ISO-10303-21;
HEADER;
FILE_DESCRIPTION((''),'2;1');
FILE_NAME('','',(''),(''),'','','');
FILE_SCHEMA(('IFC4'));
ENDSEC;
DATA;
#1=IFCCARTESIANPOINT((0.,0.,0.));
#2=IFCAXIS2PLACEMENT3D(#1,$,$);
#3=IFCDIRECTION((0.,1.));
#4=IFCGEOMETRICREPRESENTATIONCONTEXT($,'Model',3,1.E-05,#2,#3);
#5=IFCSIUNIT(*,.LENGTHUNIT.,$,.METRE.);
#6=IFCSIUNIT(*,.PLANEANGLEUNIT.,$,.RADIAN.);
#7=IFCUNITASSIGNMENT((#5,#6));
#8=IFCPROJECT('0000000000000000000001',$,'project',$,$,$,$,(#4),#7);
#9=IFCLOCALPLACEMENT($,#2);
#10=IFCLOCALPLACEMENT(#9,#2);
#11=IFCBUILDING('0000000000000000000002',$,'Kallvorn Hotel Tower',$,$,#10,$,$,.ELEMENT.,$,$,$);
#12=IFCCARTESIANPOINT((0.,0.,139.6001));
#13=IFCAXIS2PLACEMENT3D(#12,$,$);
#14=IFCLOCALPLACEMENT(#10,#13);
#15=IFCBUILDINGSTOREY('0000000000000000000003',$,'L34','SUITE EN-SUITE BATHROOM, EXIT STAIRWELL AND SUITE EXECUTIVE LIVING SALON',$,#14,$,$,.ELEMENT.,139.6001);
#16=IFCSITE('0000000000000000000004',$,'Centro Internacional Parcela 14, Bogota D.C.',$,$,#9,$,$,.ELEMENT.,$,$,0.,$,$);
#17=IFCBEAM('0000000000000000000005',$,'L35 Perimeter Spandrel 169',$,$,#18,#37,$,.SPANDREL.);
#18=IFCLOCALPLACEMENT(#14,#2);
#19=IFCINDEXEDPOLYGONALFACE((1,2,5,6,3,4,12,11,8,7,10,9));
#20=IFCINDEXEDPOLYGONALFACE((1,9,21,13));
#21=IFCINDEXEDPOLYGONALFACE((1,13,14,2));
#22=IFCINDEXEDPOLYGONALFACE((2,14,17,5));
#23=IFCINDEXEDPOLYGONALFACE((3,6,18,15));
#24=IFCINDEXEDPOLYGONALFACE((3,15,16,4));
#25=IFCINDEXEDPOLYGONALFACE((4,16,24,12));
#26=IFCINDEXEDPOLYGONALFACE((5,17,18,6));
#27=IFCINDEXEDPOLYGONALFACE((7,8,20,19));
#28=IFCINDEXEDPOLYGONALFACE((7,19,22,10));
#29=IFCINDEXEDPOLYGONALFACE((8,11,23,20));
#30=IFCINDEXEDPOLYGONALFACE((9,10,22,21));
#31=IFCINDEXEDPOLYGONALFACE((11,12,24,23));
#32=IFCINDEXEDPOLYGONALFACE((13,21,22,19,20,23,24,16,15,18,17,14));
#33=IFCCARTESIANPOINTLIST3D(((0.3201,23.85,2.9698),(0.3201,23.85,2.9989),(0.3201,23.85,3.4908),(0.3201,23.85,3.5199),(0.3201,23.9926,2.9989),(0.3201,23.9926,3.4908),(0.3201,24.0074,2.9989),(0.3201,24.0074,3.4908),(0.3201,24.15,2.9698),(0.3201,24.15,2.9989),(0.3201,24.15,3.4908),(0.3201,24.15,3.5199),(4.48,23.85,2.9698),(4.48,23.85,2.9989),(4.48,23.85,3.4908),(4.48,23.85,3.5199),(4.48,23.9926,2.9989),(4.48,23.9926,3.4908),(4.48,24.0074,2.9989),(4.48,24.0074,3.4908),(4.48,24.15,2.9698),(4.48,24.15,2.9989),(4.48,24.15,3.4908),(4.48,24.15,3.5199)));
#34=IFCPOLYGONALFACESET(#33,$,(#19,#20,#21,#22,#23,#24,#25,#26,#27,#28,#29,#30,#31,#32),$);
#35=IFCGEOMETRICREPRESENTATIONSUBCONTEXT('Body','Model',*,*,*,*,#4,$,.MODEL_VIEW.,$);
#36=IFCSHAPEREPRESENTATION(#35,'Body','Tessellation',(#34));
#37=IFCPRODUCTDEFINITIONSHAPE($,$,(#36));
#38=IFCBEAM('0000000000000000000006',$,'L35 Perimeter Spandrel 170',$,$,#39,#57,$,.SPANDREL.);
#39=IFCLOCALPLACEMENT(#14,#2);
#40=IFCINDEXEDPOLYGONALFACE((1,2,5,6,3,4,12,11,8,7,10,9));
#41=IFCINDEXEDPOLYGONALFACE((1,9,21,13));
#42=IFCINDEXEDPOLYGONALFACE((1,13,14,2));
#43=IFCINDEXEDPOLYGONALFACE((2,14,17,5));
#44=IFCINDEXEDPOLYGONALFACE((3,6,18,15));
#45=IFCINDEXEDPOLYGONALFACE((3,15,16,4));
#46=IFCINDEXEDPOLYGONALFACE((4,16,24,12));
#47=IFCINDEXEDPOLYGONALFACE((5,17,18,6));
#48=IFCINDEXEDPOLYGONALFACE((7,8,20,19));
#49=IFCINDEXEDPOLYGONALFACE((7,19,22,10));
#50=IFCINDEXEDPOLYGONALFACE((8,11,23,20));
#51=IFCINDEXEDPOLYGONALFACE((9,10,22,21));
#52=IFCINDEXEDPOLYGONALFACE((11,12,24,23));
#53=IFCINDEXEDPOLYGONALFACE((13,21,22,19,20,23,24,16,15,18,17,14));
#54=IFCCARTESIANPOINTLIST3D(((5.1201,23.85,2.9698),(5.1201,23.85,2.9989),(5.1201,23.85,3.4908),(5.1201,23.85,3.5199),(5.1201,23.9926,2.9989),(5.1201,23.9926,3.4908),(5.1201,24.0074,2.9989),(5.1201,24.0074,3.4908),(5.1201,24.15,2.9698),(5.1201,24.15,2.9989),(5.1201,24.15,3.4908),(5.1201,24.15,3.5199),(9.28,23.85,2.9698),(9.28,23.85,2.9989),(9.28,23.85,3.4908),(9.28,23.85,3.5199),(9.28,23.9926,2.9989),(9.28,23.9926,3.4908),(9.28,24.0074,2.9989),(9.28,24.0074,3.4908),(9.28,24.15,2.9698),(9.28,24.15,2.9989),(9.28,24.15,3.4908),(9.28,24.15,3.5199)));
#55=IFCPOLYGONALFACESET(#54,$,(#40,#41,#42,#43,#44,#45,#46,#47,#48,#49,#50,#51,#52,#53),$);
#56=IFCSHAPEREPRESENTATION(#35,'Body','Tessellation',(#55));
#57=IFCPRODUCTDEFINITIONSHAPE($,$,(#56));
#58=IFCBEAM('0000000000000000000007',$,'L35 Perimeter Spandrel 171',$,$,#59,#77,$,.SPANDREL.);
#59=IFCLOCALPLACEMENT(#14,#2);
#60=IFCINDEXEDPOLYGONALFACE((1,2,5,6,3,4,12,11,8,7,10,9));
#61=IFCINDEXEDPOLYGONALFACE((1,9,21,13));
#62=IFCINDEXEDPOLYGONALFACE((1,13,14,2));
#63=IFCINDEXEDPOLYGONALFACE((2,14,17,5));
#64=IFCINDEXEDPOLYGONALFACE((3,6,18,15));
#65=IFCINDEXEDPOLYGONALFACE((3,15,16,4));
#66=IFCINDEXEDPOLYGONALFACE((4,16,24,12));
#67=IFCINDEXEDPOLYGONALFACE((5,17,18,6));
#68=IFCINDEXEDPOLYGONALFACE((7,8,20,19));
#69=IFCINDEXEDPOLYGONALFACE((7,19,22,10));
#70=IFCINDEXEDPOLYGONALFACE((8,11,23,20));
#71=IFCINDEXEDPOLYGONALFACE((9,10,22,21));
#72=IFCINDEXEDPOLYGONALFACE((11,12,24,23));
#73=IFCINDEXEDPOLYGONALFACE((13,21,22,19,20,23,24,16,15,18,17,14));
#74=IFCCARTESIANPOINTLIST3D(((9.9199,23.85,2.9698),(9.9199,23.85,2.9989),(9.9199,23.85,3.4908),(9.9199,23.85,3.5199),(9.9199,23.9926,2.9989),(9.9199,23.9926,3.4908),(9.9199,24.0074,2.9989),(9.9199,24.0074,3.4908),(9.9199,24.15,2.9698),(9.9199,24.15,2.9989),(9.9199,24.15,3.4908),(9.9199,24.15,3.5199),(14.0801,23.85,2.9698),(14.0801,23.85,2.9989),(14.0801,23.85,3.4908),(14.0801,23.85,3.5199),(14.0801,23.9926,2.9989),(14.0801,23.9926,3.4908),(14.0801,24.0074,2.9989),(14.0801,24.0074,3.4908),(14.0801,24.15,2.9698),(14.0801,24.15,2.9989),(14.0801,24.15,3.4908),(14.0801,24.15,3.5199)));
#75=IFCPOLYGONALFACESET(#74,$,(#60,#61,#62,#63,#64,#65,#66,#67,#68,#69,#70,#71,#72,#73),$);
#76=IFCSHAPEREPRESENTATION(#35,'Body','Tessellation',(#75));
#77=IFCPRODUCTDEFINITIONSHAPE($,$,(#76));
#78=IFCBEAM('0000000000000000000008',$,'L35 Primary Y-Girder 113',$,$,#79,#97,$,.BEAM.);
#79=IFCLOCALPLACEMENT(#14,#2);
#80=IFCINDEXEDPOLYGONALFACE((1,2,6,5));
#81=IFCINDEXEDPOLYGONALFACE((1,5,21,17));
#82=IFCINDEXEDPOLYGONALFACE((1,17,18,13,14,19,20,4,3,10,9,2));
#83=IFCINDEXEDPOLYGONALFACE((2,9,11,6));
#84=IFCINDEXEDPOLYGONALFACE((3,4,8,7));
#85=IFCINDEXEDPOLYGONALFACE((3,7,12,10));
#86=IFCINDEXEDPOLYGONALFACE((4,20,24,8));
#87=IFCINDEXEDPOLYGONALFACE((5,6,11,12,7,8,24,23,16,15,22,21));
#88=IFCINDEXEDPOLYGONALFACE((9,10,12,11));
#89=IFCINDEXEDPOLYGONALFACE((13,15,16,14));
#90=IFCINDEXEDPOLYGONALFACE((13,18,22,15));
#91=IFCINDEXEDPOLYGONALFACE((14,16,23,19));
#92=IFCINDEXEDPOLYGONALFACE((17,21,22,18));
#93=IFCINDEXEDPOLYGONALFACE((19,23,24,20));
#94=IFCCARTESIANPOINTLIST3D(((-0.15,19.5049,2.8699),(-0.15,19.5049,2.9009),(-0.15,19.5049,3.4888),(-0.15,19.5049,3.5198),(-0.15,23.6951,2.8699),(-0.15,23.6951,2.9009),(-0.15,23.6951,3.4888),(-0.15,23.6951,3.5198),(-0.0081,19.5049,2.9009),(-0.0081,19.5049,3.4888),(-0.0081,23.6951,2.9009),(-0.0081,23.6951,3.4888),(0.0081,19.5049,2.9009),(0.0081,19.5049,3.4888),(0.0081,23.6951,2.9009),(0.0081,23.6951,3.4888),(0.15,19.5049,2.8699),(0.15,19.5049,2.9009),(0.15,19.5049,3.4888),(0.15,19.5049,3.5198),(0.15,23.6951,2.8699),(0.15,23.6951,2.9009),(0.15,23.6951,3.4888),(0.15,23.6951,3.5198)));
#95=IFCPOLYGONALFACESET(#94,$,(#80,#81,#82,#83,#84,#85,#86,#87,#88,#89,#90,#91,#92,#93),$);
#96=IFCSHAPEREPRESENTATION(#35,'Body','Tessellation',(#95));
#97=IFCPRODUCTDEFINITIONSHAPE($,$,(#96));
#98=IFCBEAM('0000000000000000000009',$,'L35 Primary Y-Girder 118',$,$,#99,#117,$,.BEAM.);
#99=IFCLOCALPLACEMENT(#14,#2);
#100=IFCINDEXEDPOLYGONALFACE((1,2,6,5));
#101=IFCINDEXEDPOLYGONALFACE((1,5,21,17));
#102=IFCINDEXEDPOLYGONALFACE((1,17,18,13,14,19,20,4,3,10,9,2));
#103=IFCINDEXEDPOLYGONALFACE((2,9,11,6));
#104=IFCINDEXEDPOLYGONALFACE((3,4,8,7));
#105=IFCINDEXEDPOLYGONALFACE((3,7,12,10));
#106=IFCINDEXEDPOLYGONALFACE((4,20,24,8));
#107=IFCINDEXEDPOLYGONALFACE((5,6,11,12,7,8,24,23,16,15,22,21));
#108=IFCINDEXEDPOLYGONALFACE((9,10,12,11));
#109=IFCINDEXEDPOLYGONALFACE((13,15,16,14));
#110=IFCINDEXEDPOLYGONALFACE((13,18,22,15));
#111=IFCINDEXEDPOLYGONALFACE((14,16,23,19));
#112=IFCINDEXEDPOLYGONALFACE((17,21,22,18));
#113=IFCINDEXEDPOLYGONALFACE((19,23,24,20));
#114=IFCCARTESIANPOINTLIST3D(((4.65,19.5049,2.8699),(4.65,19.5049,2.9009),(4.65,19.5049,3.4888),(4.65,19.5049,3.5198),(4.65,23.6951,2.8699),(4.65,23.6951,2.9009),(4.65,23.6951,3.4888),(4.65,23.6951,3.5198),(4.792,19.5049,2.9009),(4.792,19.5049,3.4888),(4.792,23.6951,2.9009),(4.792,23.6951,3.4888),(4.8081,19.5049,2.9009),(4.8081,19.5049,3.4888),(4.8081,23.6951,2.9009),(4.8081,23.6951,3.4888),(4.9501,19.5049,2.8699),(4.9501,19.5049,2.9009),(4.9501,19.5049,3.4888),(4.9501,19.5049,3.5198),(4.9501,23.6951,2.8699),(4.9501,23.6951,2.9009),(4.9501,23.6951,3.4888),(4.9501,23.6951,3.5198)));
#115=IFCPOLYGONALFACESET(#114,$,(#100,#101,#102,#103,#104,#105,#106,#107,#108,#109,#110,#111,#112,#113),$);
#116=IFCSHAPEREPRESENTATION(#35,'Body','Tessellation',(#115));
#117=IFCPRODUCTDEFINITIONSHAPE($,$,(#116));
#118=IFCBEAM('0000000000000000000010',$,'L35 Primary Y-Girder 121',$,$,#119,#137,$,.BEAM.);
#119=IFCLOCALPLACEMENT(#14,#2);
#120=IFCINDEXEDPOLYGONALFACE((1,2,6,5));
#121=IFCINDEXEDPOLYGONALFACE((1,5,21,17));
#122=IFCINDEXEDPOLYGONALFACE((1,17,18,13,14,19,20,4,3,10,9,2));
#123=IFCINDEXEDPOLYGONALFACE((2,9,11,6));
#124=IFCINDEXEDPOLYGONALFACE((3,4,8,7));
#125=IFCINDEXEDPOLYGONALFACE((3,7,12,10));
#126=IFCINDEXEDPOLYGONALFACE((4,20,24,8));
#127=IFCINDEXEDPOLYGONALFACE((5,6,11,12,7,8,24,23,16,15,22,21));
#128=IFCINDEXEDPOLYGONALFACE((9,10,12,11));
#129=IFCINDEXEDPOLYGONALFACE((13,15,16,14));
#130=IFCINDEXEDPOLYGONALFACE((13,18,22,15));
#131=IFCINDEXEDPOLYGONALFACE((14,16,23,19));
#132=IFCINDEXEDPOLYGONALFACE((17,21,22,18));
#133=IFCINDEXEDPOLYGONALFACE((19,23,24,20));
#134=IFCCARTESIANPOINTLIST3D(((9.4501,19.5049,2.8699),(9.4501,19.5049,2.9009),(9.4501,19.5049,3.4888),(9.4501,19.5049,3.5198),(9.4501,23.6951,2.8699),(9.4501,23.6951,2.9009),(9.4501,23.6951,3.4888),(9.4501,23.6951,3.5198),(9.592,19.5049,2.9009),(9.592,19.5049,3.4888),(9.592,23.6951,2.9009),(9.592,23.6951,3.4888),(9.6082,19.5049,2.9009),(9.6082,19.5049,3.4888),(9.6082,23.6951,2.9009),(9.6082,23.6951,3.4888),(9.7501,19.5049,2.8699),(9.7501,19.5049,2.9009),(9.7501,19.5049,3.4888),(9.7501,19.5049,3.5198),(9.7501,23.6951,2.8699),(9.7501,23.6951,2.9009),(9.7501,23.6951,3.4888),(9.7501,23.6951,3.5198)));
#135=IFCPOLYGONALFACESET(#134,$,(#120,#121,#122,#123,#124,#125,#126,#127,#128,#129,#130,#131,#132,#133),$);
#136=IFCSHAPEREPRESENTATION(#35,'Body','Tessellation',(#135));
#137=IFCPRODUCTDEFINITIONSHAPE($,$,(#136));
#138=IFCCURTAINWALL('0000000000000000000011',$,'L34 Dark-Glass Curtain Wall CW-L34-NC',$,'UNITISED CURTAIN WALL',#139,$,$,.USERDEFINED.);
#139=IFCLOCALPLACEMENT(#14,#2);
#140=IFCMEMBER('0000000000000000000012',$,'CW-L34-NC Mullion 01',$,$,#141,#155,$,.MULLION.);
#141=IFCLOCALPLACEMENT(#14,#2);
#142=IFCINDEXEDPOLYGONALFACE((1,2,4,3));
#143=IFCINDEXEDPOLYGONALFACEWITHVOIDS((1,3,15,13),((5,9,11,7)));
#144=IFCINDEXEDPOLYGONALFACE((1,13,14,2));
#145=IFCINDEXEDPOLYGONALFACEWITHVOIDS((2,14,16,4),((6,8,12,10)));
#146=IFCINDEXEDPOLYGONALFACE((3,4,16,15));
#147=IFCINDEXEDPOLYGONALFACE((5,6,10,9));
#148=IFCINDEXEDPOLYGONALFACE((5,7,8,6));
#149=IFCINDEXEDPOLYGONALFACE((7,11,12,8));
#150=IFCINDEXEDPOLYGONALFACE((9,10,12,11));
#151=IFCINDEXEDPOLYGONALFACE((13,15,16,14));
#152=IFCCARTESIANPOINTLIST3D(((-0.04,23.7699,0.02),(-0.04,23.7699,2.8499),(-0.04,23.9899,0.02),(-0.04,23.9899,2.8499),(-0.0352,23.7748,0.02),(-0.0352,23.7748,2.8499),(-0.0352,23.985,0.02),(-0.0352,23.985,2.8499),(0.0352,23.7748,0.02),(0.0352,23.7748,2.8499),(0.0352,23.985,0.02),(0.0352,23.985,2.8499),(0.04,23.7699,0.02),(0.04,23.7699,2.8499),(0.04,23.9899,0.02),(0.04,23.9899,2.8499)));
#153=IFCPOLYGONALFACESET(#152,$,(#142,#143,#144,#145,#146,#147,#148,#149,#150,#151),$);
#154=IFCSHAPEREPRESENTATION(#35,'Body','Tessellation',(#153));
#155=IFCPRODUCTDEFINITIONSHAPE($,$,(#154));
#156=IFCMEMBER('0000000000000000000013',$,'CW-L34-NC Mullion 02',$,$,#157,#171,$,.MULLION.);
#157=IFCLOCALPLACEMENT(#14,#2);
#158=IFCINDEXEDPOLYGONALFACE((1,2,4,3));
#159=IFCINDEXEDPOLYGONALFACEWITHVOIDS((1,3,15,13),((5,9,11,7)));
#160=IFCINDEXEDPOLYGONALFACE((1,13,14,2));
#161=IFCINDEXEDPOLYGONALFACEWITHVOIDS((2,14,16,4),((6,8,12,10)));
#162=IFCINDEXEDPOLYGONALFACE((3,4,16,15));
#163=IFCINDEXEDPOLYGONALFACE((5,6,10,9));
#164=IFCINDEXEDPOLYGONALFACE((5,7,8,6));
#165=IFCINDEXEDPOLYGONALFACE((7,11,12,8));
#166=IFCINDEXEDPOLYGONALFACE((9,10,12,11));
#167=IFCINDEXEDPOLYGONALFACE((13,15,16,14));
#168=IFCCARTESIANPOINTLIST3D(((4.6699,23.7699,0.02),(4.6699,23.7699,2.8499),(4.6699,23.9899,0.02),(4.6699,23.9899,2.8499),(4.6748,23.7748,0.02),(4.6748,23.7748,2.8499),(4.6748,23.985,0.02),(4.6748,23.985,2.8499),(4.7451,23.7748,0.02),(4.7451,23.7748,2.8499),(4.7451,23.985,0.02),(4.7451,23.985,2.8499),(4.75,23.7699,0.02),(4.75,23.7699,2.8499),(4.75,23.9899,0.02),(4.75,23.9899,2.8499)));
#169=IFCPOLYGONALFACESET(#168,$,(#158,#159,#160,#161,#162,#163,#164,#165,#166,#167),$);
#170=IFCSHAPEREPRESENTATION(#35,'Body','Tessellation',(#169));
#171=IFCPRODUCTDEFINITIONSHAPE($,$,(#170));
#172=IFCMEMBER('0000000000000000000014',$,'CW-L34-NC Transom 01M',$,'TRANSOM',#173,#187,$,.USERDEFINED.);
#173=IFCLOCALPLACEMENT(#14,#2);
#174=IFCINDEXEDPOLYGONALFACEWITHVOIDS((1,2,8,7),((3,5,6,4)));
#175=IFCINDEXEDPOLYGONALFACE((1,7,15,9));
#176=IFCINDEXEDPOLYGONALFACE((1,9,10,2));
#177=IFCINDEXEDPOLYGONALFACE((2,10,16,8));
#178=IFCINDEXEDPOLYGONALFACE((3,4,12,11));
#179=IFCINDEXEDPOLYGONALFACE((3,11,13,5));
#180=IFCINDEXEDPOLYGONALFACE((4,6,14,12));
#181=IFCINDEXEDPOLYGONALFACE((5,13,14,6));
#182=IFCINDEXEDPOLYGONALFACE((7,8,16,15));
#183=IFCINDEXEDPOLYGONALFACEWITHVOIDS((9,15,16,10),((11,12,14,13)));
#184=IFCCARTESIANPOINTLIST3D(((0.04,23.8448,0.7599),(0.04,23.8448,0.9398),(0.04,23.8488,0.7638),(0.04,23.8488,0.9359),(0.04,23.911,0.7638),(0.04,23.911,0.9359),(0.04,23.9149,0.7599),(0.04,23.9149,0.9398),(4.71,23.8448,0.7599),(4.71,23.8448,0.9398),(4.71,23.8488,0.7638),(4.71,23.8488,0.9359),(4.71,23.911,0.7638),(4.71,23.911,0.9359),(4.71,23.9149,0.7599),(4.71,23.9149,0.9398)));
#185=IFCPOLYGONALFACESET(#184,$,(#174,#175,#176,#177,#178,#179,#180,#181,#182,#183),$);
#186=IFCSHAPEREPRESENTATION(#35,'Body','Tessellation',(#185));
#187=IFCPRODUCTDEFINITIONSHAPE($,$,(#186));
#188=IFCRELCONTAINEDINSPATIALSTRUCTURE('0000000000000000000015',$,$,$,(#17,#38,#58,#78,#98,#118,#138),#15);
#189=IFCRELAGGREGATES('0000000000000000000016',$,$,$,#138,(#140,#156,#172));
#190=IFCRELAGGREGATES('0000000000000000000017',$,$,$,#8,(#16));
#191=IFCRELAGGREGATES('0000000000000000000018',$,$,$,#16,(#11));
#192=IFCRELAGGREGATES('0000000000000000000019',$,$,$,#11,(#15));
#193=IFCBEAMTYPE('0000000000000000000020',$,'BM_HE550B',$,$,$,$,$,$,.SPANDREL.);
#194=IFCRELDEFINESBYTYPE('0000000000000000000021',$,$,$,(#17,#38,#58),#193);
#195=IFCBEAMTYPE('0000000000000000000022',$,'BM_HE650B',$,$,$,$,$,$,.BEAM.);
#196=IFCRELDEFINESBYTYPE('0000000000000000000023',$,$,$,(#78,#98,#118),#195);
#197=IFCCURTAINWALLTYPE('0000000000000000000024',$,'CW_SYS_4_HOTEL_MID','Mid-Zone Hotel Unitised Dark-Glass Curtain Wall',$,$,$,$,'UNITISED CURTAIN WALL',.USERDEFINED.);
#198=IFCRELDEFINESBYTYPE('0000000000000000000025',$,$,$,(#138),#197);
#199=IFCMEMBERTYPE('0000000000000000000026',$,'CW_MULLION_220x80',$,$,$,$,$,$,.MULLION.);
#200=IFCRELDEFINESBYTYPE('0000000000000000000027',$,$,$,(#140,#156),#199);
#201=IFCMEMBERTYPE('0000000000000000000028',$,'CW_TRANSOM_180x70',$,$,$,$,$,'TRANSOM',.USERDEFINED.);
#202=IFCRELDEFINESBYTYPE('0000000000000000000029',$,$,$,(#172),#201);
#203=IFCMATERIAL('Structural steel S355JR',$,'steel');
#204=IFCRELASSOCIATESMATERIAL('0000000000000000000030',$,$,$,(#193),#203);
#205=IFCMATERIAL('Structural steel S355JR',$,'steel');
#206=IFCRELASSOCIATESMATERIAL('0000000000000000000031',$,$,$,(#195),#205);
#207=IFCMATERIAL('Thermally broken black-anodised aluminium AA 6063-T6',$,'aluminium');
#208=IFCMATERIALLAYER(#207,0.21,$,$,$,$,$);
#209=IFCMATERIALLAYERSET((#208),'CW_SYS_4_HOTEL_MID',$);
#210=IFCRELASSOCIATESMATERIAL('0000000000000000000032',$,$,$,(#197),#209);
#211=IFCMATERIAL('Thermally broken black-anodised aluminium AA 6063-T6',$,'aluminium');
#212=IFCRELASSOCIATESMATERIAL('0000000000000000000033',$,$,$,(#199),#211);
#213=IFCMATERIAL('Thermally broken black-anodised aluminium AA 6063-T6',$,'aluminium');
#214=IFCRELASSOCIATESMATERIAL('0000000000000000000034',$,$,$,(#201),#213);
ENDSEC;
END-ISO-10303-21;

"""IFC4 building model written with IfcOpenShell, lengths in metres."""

from ifc_helpers import new_model, si_unit, direction, frame, origin, origin_2d, place, context, subcontext, project, spatial, hollow_rectangle, i_section, extrude, material, layer, layer_set, material_profile, profile_set, type_object, element, aggregate, save


model = new_model("IFC4")

# Units and contexts
model_context = context("Model", 3, precision=1e-05, world=origin(), true_north=direction((0.0, 1.0)))
body_context = subcontext(model_context, "Body", "Model", "MODEL_VIEW")
ifc_project = project(units=[si_unit("LENGTHUNIT", "METRE"), si_unit("PLANEANGLEUNIT", "RADIAN")], contexts=[model_context])

# Site, building, storey
site_placement = place(None, origin())
site = spatial("IfcSite", under=ifc_project, at=site_placement, Name="Centro Internacional Parcela 14, Bogota D.C.", CompositionType="ELEMENT", RefElevation=0.0)
building_placement = place(site_placement, origin())
building = spatial("IfcBuilding", under=site, at=building_placement, Name="Kallvorn Hotel Tower", CompositionType="ELEMENT")
storey_placement = place(building_placement, frame((0.0, 0.0, 139.6001)))
storey = spatial("IfcBuildingStorey", under=building, at=storey_placement, Name="L34", Description="SUITE EN-SUITE BATHROOM, EXIT STAIRWELL AND SUITE EXECUTIVE LIVING SALON", CompositionType="ELEMENT", Elevation=139.6001)

# Beams
ifc_material_1 = material(Name="Structural steel S355JR", Category="steel")
ifc_material_profile_1 = material_profile(ifc_material_1, i_section(OverallWidth=0.3, OverallDepth=0.55, WebThickness=0.0149, FlangeThickness=0.0291, at=origin_2d()), Name="HE 550 B")
ifc_profile_set_1 = profile_set([ifc_material_profile_1], Name="Structural steel S355JR")
beam_type_1 = type_object("IfcBeamType", Name="BM_HE550B", PredefinedType="SPANDREL", material=ifc_profile_set_1)
for number, where, z_axis, x_axis, name in (
    (1, (0.3201, 24.0, 3.2449), (1.0, 0.0, 0.0), (0.0, 1.0, 0.0), "L35 Perimeter Spandrel 169"),
    (2, (5.1201, 24.0, 3.2449), (1.0, 0.0, 0.0), (0.0, 1.0, 0.0), "L35 Perimeter Spandrel 170"),
):
    element("IfcBeam", number, at=place(storey_placement, frame(where, z_axis=z_axis, x_axis=x_axis)), inside=storey, type_object=beam_type_1, Name=name, PredefinedType="SPANDREL", context=body_context, shape_type="SweptSolid", body=[
        extrude(i_section(OverallWidth=0.3, OverallDepth=0.55, WebThickness=0.0149, FlangeThickness=0.0291, at=origin_2d()), origin(), (0.0, 0.0, 1.0), 4.1599),
    ])
beam_placement = place(storey_placement, frame((9.9199, 24.0, 3.2449), z_axis=(1.0, 0.0, 0.0), x_axis=(0.0, 1.0, 0.0)))
element("IfcBeam", 3, at=beam_placement, inside=storey, type_object=beam_type_1, Name="L35 Perimeter Spandrel 171", PredefinedType="SPANDREL", context=body_context, shape_type="SweptSolid", body=[
    extrude(i_section(OverallWidth=0.3, OverallDepth=0.55, WebThickness=0.0149, FlangeThickness=0.0291, at=origin_2d()), origin(), (0.0, 0.0, 1.0), 4.1602),
])
ifc_material_2 = material(Name="Structural steel S355JR", Category="steel")
ifc_material_profile_2 = material_profile(ifc_material_2, i_section(OverallWidth=0.3, OverallDepth=0.6499, WebThickness=0.0161, FlangeThickness=0.031, at=origin_2d()), Name="HE 650 B")
ifc_profile_set_2 = profile_set([ifc_material_profile_2], Name="Structural steel S355JR")
beam_type_2 = type_object("IfcBeamType", Name="BM_HE650B", PredefinedType="BEAM", material=ifc_profile_set_2)
for number, where, z_axis, x_axis, name in (
    (4, (0.0, 19.5049, 3.1948), (0.0, 1.0, 0.0), (-1.0, 0.0, 0.0), "L35 Primary Y-Girder 113"),
    (5, (4.8, 19.5049, 3.1948), (0.0, 1.0, 0.0), (-1.0, 0.0, 0.0), "L35 Primary Y-Girder 118"),
    (6, (9.6001, 19.5049, 3.1948), (0.0, 1.0, 0.0), (-1.0, 0.0, 0.0), "L35 Primary Y-Girder 121"),
):
    element("IfcBeam", number, at=place(storey_placement, frame(where, z_axis=z_axis, x_axis=x_axis)), inside=storey, type_object=beam_type_2, Name=name, PredefinedType="BEAM", context=body_context, shape_type="SweptSolid", body=[
        extrude(i_section(OverallWidth=0.3, OverallDepth=0.6499, WebThickness=0.0161, FlangeThickness=0.031, at=origin_2d()), origin(), (0.0, 0.0, 1.0), 4.1902),
    ])

# Curtain wall, members
ifc_material_3 = material(Name="Thermally broken black-anodised aluminium AA 6063-T6", Category="aluminium")
ifc_layer_1 = layer(ifc_material_3, 0.21)
ifc_layer_set_1 = layer_set([ifc_layer_1], Name="CW_SYS_4_HOTEL_MID")
curtain_wall_type = type_object("IfcCurtainWallType", Name="CW_SYS_4_HOTEL_MID", Description="Mid-Zone Hotel Unitised Dark-Glass Curtain Wall", ElementType="UNITISED CURTAIN WALL", PredefinedType="USERDEFINED", material=ifc_layer_set_1)
curtain_wall_placement = place(storey_placement, origin())
curtain_wall = element("IfcCurtainWall", 7, at=curtain_wall_placement, inside=storey, type_object=curtain_wall_type, Name="L34 Dark-Glass Curtain Wall CW-L34-NC", ObjectType="UNITISED CURTAIN WALL", PredefinedType="USERDEFINED")
ifc_material_4 = material(Name="Thermally broken black-anodised aluminium AA 6063-T6", Category="aluminium")
ifc_material_profile_3 = material_profile(ifc_material_4, hollow_rectangle(XDim=0.0801, YDim=0.22, WallThickness=0.0049, at=origin_2d()), Name="MUL 220x80")
ifc_profile_set_3 = profile_set([ifc_material_profile_3], Name="Thermally broken black-anodised aluminium AA 6063-T6")
member_type_1 = type_object("IfcMemberType", Name="CW_MULLION_220x80", PredefinedType="MULLION", material=ifc_profile_set_3)
member_1_placement = place(storey_placement, frame((0.0, 23.8799, 0.02), z_axis=(0.0, 0.0, 1.0), x_axis=(1.0, 0.0, 0.0)))
member_1 = element("IfcMember", 8, at=member_1_placement, type_object=member_type_1, Name="CW-L34-NC Mullion 01", PredefinedType="MULLION", context=body_context, shape_type="SweptSolid", body=[
    extrude(hollow_rectangle(XDim=0.0801, YDim=0.22, WallThickness=0.0049, at=origin_2d()), origin(), (0.0, 0.0, 1.0), 2.8298),
])
member_2_placement = place(storey_placement, frame((4.71, 23.8799, 0.02), z_axis=(0.0, 0.0, 1.0), x_axis=(1.0, 0.0, 0.0)))
member_2 = element("IfcMember", 9, at=member_2_placement, type_object=member_type_1, Name="CW-L34-NC Mullion 02", PredefinedType="MULLION", context=body_context, shape_type="SweptSolid", body=[
    extrude(hollow_rectangle(XDim=0.0801, YDim=0.22, WallThickness=0.0049, at=origin_2d()), origin(), (0.0, 0.0, 1.0), 2.8298),
])
ifc_material_5 = material(Name="Thermally broken black-anodised aluminium AA 6063-T6", Category="aluminium")
ifc_material_profile_4 = material_profile(ifc_material_5, hollow_rectangle(XDim=0.0701, YDim=0.1799, WallThickness=0.0039, at=origin_2d()), Name="TRN 180x70")
ifc_profile_set_4 = profile_set([ifc_material_profile_4], Name="Thermally broken black-anodised aluminium AA 6063-T6")
member_type_2 = type_object("IfcMemberType", Name="CW_TRANSOM_180x70", ElementType="TRANSOM", PredefinedType="USERDEFINED", material=ifc_profile_set_4)
member_3_placement = place(storey_placement, frame((0.04, 23.8799, 0.8499), z_axis=(1.0, 0.0, 0.0), x_axis=(0.0, 1.0, 0.0)))
member_3 = element("IfcMember", 10, at=member_3_placement, type_object=member_type_2, Name="CW-L34-NC Transom 01M", ObjectType="TRANSOM", PredefinedType="USERDEFINED", context=body_context, shape_type="SweptSolid", body=[
    extrude(hollow_rectangle(XDim=0.0701, YDim=0.1799, WallThickness=0.0039, at=origin_2d()), origin(), (0.0, 0.0, 1.0), 4.6699),
])
aggregate(curtain_wall, [member_1, member_2, member_3])

save(model, "model.ifc")
